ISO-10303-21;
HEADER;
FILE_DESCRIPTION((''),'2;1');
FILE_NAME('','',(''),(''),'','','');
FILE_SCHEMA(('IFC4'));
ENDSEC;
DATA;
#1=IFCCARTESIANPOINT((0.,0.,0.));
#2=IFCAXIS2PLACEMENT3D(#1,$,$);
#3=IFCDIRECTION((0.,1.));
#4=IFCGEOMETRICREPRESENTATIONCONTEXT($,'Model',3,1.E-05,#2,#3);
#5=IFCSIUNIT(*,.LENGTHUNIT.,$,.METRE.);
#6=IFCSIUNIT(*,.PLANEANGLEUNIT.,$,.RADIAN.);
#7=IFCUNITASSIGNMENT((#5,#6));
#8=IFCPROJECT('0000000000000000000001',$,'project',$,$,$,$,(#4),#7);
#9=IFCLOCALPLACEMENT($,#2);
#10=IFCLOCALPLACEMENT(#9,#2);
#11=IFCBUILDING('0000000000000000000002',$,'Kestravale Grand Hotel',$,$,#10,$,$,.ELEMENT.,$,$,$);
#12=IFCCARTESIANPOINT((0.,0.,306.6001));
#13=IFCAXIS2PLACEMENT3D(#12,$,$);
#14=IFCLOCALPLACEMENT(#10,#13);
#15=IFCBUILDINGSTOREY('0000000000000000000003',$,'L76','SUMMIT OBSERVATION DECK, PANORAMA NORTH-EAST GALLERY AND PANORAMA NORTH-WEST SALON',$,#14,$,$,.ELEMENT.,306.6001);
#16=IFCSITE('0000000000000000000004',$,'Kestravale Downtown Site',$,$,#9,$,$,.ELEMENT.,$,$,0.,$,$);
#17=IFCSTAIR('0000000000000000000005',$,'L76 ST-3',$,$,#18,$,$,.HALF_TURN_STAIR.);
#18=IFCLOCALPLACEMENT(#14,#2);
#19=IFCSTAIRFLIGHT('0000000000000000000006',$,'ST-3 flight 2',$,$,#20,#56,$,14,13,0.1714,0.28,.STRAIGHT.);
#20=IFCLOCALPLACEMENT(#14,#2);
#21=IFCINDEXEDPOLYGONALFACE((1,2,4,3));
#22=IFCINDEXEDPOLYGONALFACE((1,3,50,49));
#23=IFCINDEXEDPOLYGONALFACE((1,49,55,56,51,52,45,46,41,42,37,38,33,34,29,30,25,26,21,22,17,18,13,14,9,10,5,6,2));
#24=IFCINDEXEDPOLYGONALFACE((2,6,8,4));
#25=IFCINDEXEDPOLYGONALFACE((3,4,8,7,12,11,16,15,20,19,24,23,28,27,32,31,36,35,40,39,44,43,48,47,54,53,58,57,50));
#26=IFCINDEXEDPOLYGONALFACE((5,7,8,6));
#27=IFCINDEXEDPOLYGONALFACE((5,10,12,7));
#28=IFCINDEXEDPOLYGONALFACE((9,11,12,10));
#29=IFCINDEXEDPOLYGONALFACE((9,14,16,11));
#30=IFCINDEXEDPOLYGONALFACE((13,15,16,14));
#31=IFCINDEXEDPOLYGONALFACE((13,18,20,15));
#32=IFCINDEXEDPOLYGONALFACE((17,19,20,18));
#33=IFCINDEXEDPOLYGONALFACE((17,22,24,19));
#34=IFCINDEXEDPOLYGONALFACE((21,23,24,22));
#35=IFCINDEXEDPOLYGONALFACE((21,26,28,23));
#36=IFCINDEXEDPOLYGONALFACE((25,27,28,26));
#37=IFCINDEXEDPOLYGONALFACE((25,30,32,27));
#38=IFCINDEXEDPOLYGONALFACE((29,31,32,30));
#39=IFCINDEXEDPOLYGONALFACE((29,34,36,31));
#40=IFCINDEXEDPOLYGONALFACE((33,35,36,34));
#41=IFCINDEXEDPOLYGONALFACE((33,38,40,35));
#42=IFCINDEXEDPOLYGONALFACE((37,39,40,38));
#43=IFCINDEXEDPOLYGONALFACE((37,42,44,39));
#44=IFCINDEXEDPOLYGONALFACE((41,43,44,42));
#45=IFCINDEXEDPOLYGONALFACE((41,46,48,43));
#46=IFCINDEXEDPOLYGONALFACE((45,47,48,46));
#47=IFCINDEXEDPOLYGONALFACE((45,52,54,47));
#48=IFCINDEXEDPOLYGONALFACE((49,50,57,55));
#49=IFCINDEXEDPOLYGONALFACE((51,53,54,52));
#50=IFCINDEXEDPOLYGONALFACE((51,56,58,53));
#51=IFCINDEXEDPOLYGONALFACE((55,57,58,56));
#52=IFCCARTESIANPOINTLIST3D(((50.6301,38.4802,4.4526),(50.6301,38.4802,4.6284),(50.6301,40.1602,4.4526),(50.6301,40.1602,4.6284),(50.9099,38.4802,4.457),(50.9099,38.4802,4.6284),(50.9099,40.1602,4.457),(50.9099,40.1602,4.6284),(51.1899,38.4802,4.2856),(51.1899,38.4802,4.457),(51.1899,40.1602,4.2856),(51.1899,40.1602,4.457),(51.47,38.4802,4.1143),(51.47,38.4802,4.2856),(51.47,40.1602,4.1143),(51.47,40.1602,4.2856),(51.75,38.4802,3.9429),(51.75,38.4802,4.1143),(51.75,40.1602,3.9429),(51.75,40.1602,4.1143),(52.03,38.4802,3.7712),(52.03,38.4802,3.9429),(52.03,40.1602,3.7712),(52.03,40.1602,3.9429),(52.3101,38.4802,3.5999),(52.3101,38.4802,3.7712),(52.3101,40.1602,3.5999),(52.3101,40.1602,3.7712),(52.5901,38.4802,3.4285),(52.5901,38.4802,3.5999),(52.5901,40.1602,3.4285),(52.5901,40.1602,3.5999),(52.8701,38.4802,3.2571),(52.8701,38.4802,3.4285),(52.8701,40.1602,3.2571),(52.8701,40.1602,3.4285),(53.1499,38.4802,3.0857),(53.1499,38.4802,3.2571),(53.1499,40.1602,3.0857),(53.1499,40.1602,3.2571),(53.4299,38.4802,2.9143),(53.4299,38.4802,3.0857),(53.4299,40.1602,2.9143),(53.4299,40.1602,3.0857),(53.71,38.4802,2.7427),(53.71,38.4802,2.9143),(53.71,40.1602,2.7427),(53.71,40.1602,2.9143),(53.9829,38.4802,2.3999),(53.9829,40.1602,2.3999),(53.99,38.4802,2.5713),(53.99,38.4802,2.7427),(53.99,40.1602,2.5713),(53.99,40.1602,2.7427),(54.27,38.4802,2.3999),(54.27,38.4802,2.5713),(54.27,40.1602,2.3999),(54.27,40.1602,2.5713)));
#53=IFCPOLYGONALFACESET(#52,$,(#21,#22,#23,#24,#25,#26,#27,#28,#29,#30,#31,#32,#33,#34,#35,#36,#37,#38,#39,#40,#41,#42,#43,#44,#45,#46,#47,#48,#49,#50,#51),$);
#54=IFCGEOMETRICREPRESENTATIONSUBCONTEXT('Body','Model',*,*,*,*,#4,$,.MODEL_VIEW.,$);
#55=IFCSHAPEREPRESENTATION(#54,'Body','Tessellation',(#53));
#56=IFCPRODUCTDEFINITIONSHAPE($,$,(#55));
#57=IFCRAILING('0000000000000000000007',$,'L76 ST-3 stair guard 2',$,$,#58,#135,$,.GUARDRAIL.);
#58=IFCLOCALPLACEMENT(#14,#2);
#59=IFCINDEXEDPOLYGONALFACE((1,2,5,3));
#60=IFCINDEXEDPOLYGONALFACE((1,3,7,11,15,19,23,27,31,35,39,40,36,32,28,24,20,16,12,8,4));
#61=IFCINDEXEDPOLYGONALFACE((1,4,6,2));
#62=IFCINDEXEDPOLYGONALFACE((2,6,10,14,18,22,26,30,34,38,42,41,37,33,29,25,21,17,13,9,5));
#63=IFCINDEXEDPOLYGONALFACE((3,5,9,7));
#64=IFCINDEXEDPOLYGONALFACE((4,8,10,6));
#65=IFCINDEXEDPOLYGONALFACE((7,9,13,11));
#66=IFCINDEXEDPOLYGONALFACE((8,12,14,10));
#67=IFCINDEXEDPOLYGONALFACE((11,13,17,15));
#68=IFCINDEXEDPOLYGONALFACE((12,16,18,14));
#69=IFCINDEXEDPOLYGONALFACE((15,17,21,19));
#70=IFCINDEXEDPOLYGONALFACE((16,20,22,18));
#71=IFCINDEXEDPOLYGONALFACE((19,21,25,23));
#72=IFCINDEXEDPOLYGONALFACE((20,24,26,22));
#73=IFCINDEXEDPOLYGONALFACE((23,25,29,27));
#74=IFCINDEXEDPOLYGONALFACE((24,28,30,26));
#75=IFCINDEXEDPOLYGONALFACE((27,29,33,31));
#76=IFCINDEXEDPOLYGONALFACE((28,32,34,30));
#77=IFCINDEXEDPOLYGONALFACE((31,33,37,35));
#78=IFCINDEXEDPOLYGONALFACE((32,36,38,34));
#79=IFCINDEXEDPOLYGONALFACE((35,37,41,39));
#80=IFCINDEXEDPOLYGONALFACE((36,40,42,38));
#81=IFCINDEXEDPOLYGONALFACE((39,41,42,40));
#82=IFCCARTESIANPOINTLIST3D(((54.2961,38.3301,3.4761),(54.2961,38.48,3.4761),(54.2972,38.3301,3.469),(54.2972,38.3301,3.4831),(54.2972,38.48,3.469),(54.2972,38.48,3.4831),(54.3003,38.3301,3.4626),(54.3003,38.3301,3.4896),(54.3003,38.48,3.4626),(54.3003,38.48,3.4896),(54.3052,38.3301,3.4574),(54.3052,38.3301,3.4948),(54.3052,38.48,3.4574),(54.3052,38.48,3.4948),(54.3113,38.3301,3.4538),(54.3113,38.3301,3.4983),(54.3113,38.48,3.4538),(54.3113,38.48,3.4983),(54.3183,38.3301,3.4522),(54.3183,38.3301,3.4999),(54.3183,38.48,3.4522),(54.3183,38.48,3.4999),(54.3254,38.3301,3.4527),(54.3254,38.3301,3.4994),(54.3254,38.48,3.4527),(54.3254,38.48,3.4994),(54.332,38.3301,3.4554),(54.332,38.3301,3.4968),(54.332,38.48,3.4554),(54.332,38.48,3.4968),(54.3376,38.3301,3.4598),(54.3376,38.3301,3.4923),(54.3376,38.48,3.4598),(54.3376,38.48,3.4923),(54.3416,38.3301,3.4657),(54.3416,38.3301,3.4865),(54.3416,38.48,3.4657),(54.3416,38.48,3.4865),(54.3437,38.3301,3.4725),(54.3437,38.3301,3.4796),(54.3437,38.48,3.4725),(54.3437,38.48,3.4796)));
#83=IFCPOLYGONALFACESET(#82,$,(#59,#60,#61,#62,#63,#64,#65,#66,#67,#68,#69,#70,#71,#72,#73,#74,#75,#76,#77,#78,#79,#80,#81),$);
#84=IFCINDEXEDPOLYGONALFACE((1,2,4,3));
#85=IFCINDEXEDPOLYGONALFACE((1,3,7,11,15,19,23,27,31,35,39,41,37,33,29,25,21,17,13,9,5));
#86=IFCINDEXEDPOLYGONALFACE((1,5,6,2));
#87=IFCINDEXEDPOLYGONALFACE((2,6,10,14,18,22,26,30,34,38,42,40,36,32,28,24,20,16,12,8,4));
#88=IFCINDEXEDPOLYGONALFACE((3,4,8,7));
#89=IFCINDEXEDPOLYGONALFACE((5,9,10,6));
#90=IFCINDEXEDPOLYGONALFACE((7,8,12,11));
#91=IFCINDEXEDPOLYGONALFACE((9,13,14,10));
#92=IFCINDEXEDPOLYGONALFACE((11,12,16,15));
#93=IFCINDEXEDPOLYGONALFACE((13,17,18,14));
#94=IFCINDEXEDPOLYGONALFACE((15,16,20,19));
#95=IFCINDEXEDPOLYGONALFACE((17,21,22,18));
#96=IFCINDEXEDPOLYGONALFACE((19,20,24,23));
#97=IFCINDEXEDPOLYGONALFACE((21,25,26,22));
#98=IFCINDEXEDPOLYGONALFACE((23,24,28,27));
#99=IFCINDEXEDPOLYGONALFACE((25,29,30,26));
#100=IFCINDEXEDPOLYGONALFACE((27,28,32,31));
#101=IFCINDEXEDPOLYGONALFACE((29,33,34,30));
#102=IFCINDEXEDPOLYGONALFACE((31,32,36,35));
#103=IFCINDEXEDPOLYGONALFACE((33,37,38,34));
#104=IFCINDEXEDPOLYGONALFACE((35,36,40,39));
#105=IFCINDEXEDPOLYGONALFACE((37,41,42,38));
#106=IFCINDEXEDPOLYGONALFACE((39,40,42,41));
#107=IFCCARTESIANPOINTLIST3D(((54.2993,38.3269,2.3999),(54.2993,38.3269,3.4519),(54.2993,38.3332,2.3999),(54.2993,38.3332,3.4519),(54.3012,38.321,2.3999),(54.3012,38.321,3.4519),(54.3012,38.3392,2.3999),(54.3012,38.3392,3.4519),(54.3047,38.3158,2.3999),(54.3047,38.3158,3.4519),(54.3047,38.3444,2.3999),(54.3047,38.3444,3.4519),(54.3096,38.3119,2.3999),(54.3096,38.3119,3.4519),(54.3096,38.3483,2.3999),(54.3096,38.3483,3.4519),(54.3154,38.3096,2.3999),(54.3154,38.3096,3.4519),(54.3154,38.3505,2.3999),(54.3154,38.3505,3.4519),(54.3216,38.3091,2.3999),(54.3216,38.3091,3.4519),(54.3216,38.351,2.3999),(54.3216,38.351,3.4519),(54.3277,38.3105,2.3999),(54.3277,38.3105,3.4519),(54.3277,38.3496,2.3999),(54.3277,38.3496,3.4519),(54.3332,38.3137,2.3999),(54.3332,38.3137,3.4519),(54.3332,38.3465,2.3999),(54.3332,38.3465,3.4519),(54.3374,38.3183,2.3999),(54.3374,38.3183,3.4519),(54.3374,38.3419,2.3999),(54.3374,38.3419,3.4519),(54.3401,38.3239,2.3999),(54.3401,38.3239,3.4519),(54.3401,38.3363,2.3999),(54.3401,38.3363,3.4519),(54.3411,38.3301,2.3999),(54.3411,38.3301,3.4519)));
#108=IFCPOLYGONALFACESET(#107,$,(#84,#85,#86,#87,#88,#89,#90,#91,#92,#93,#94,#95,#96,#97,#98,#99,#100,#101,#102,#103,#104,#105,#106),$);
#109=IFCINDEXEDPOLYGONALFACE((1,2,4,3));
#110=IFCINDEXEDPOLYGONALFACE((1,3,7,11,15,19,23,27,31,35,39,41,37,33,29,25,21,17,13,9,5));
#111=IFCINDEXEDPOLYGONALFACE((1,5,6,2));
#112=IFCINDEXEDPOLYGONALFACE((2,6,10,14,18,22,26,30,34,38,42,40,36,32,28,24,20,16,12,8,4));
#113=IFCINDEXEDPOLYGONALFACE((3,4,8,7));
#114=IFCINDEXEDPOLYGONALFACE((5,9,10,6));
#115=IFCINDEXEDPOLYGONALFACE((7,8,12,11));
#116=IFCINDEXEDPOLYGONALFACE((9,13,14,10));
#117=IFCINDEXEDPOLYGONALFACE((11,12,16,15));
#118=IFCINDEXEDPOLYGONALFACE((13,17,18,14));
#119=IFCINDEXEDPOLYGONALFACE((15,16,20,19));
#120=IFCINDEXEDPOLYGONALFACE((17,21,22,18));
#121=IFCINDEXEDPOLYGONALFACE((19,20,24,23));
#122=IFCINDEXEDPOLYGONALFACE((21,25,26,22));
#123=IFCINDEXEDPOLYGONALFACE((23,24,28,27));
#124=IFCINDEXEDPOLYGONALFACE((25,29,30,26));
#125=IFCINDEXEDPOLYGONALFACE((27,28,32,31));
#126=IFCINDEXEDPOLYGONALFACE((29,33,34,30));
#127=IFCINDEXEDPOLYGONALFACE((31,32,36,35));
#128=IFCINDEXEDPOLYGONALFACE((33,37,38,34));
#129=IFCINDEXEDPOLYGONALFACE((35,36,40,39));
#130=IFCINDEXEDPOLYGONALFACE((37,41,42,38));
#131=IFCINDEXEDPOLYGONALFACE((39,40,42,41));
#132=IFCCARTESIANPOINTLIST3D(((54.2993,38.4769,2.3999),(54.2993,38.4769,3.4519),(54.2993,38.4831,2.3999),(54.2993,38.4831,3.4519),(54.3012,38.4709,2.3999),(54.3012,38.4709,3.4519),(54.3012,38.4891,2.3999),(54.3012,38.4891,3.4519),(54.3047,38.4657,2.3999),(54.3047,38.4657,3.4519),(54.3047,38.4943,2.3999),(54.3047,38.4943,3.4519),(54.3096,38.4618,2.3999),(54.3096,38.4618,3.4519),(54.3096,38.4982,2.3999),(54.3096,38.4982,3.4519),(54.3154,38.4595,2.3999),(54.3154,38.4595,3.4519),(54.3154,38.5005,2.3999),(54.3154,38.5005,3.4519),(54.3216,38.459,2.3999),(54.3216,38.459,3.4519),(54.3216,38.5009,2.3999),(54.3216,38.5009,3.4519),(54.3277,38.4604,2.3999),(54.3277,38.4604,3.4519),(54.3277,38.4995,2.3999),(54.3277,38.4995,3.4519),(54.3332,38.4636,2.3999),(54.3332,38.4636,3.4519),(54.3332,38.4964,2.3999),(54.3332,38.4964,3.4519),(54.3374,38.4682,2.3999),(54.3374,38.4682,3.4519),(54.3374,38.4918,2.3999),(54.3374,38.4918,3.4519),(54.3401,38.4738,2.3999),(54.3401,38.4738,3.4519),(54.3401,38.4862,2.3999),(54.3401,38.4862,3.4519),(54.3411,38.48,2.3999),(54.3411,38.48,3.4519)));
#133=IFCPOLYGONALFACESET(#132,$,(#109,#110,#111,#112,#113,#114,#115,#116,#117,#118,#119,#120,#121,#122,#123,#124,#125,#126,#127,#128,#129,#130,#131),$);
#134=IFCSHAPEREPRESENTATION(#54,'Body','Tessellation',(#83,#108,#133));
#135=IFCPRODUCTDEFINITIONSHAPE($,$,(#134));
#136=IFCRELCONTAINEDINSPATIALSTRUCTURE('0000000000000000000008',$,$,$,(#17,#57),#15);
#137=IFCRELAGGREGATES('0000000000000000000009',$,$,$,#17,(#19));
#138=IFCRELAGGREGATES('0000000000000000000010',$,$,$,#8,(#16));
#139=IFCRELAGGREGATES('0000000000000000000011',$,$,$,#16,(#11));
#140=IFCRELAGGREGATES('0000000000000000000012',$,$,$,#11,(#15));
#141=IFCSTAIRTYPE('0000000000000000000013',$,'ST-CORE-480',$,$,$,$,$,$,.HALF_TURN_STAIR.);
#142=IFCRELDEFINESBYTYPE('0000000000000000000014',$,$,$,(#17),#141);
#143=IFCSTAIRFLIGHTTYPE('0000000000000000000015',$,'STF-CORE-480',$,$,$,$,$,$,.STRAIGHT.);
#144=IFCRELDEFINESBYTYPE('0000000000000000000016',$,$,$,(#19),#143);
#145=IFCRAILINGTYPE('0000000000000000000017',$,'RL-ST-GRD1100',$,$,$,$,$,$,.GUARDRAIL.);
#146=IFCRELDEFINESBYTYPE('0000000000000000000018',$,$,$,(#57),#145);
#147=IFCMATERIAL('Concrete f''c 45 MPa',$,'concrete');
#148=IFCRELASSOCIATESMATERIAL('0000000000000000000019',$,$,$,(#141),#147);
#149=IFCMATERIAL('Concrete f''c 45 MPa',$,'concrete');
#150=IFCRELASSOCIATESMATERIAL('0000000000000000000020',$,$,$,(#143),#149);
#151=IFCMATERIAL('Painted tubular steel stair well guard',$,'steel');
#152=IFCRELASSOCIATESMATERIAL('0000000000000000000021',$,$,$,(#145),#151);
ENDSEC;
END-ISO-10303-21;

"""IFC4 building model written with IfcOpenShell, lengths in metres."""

from ifc_helpers import new_model, si_unit, direction, frame, origin, origin_2d, place, context, subcontext, project, spatial, polyline, circle, outline, extrude, material, type_object, element, aggregate, save


model = new_model("IFC4")

# Units and contexts
model_context = context("Model", 3, precision=1e-05, world=origin(), true_north=direction((0.0, 1.0)))
body_context = subcontext(model_context, "Body", "Model", "MODEL_VIEW")
ifc_project = project(units=[si_unit("LENGTHUNIT", "METRE"), si_unit("PLANEANGLEUNIT", "RADIAN")], contexts=[model_context])

# Site, building, storey
site_placement = place(None, origin())
site = spatial("IfcSite", under=ifc_project, at=site_placement, Name="Kestravale Downtown Site", CompositionType="ELEMENT", RefElevation=0.0)
building_placement = place(site_placement, origin())
building = spatial("IfcBuilding", under=site, at=building_placement, Name="Kestravale Grand Hotel", CompositionType="ELEMENT")
storey_placement = place(building_placement, frame((0.0, 0.0, 306.6001)))
storey = spatial("IfcBuildingStorey", under=building, at=storey_placement, Name="L76", Description="SUMMIT OBSERVATION DECK, PANORAMA NORTH-EAST GALLERY AND PANORAMA NORTH-WEST SALON", CompositionType="ELEMENT", Elevation=306.6001)

# Stair, stair flight
ifc_material_1 = material(Name="Concrete f'c 45 MPa", Category="concrete")
stair_type = type_object("IfcStairType", Name="ST-CORE-480", PredefinedType="HALF_TURN_STAIR", material=ifc_material_1)
stair_placement = place(storey_placement, origin())
stair = element("IfcStair", 1, at=stair_placement, inside=storey, type_object=stair_type, Name="L76 ST-3", PredefinedType="HALF_TURN_STAIR")
ifc_material_2 = material(Name="Concrete f'c 45 MPa", Category="concrete")
stair_flight_type = type_object("IfcStairFlightType", Name="STF-CORE-480", PredefinedType="STRAIGHT", material=ifc_material_2)
stair_flight_placement = place(storey_placement, frame((54.27, 39.3201, 2.3999), z_axis=(0.0, 0.0, 1.0), x_axis=(-1.0, 0.0, 0.0)))
stair_flight = element("IfcStairFlight", 2, at=stair_flight_placement, type_object=stair_flight_type, Name="ST-3 flight 2", NumberOfRisers=14, NumberOfTreads=13, PredefinedType="STRAIGHT", RiserHeight=0.1714, TreadLength=0.28, context=body_context, shape_type="SweptSolid", body=[
    extrude(outline(polyline([(0.0, 0.0), (0.0, 0.1714), (0.28, 0.1714), (0.28, 0.3428), (0.5601, 0.3428), (0.5601, 0.5144), (0.8401, 0.5144), (0.8401, 0.6858), (1.1201, 0.6858), (1.1201, 0.8572), (1.3999, 0.8572), (1.3999, 1.0286), (1.6799, 1.0286), (1.6799, 1.2), (1.96, 1.2), (1.96, 1.3713), (2.24, 1.3713), (2.24, 1.543), (2.52, 1.543), (2.52, 1.7144), (2.8, 1.7144), (2.8, 1.8857), (3.0801, 1.8857), (3.0801, 2.0571), (3.3601, 2.0571), (3.3601, 2.2285), (3.6399, 2.2285), (3.6399, 2.3999), (3.6399, 2.0527), (0.2871, 0.0), (0.0, 0.0)])), frame((0.0, 0.8398, 0.0), z_axis=(0.0, -1.0, 0.0), x_axis=(1.0, 0.0, 0.0)), (0.0, 0.0, 1.0), 1.6799),
])
aggregate(stair, [stair_flight])

# Railing
ifc_material_3 = material(Name="Painted tubular steel stair well guard", Category="steel")
railing_type_1 = type_object("IfcRailingType", Name="RL-ST-GRD1100", PredefinedType="GUARDRAIL", material=ifc_material_3)
railing_1_placement = place(storey_placement, frame((54.3201, 38.3301, 2.3999)))
element("IfcRailing", 3, at=railing_1_placement, inside=storey, type_object=railing_type_1, Name="L76 ST-3 stair guard 2", PredefinedType="GUARDRAIL", context=body_context, shape_type="SweptSolid", body=[
    extrude(circle(Radius=0.0239, at=origin_2d()), frame((0.0, 0.0, 1.0762), z_axis=(0.0, 1.0, 0.0), x_axis=(-1.0, 0.0, 0.0)), (0.0, 0.0, 1.0), 0.1499),
    extrude(circle(Radius=0.021, at=origin_2d()), origin(), (0.0, 0.0, 1.0), 1.052),
    extrude(circle(Radius=0.021, at=origin_2d()), frame((0.0, 0.1499, 0.0)), (0.0, 0.0, 1.0), 1.052),
])

save(model, "model.ifc")
